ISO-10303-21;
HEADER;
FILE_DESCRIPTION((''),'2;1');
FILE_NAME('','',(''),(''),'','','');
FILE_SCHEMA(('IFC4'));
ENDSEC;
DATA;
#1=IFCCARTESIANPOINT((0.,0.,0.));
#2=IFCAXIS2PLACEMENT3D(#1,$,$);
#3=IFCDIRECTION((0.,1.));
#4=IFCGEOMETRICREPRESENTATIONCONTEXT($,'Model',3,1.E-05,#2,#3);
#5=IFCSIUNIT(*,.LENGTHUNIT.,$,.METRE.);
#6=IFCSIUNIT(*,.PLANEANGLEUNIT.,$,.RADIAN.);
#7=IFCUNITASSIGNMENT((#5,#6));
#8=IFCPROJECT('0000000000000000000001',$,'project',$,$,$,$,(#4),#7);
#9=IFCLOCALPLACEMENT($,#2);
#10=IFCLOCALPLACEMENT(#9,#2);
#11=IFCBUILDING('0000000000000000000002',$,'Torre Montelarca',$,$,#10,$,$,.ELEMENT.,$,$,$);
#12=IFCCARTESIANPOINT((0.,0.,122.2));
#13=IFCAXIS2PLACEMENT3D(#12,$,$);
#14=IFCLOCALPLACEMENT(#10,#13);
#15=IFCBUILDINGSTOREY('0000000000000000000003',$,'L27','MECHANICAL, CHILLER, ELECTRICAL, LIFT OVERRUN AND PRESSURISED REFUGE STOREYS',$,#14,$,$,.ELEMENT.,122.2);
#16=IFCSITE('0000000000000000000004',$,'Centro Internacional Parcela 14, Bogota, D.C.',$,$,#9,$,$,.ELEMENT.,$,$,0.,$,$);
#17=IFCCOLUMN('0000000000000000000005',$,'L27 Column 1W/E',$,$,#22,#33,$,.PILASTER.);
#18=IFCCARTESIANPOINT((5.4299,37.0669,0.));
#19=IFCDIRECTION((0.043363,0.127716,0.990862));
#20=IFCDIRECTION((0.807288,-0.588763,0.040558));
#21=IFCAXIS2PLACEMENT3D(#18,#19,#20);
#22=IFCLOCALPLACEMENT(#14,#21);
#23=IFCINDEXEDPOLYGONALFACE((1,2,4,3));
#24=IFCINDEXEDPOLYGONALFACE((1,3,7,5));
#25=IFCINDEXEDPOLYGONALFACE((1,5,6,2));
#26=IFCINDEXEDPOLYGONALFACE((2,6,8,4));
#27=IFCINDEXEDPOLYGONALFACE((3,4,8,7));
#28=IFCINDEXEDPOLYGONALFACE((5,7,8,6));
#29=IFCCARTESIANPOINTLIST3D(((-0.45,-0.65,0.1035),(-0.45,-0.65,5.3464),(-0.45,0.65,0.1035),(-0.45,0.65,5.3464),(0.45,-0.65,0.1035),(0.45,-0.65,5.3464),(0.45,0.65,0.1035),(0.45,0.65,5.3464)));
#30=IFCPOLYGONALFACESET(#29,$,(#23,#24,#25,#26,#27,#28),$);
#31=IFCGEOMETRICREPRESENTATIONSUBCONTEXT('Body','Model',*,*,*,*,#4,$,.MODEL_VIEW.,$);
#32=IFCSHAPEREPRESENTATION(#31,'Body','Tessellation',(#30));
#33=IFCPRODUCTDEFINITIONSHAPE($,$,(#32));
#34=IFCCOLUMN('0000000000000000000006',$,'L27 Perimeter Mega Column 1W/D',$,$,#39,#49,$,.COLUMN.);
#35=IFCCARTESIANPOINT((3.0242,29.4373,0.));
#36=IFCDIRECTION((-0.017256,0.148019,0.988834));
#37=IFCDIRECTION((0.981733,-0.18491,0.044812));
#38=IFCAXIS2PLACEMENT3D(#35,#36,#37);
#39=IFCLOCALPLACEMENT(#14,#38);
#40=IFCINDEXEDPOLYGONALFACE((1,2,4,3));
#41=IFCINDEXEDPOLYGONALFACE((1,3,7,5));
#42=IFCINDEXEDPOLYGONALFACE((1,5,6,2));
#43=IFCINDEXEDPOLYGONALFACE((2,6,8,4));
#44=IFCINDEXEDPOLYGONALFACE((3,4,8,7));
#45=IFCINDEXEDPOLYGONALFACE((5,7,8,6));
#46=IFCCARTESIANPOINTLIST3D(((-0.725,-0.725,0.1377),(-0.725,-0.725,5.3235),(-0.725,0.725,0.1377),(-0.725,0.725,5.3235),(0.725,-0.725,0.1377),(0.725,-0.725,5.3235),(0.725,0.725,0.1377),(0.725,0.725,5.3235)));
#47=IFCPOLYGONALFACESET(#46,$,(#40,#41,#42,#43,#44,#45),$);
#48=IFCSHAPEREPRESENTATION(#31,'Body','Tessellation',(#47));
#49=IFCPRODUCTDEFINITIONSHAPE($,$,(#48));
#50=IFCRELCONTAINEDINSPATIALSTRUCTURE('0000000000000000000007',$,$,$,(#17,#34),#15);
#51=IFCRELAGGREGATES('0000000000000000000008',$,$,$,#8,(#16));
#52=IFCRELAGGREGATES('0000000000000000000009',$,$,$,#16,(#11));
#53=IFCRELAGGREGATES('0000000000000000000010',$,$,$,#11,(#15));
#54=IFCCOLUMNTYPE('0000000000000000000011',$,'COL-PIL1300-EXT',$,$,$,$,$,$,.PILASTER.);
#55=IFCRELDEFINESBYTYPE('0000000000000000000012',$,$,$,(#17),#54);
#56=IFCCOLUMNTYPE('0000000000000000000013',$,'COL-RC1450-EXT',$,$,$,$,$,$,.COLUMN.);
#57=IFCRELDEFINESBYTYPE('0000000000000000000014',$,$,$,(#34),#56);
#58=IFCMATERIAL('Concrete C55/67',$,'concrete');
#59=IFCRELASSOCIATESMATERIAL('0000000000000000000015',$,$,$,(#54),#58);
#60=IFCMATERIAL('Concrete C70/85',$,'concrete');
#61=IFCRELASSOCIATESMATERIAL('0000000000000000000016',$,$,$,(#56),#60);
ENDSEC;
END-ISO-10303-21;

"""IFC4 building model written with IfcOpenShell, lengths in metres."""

from ifc_helpers import new_model, si_unit, direction, frame, origin, origin_2d, place, context, subcontext, project, spatial, rectangle, extrude, clip, halfspace, material, material_profile, profile_set, type_object, element, save


model = new_model("IFC4")

# Units and contexts
model_context = context("Model", 3, precision=1e-05, world=origin(), true_north=direction((0.0, 1.0)))
body_context = subcontext(model_context, "Body", "Model", "MODEL_VIEW")
ifc_project = project(units=[si_unit("LENGTHUNIT", "METRE"), si_unit("PLANEANGLEUNIT", "RADIAN")], contexts=[model_context])

# Site, building, storey
site_placement = place(None, origin())
site = spatial("IfcSite", under=ifc_project, at=site_placement, Name="Centro Internacional Parcela 14, Bogota, D.C.", CompositionType="ELEMENT", RefElevation=0.0)
building_placement = place(site_placement, origin())
building = spatial("IfcBuilding", under=site, at=building_placement, Name="Torre Montelarca", CompositionType="ELEMENT")
storey_placement = place(building_placement, frame((0.0, 0.0, 122.2)))
storey = spatial("IfcBuildingStorey", under=building, at=storey_placement, Name="L27", Description="MECHANICAL, CHILLER, ELECTRICAL, LIFT OVERRUN AND PRESSURISED REFUGE STOREYS", CompositionType="ELEMENT", Elevation=122.2)

# Columns
ifc_material_1 = material(Name="Concrete C55/67", Category="concrete")
ifc_material_profile_1 = material_profile(ifc_material_1, rectangle(XDim=0.8999, YDim=1.3, at=origin_2d()), Name="RC1300X900", Category="concrete")
ifc_profile_set_1 = profile_set([ifc_material_profile_1], Name="Concrete C55/67")
column_type_1 = type_object("IfcColumnType", Name="COL-PIL1300-EXT", PredefinedType="PILASTER", material=ifc_profile_set_1)
column_1_placement = place(storey_placement, frame((5.4299, 37.0669, 0.0), z_axis=(0.043363, 0.127716, 0.990862), x_axis=(0.807288, -0.588763, 0.040558)))
element("IfcColumn", 1, at=column_1_placement, inside=storey, type_object=column_type_1, Name="L27 Column 1W/E", PredefinedType="PILASTER", context=body_context, shape_type="Clipping", body=[
    clip(clip(extrude(rectangle(XDim=0.8999, YDim=1.3, at=origin_2d()), origin(), (0.0, 0.0, 1.0), 5.45), halfspace(frame((0.0, 0.0, 0.1035), z_axis=(0.0, 0.0, -1.0), x_axis=(1.0, 0.0, 0.0)), False)), halfspace(frame((0.0, 0.0, 5.3464), z_axis=(0.0, 0.0, 1.0), x_axis=(1.0, 0.0, 0.0)), False)),
])
ifc_material_2 = material(Name="Concrete C70/85", Category="concrete")
ifc_material_profile_2 = material_profile(ifc_material_2, rectangle(XDim=1.45, YDim=1.45, at=origin_2d()), Name="RC1450X1450", Category="concrete")
ifc_profile_set_2 = profile_set([ifc_material_profile_2], Name="Concrete C70/85")
column_type_2 = type_object("IfcColumnType", Name="COL-RC1450-EXT", PredefinedType="COLUMN", material=ifc_profile_set_2)
column_2_placement = place(storey_placement, frame((3.0242, 29.4373, 0.0), z_axis=(-0.017256, 0.148019, 0.988834), x_axis=(0.981733, -0.18491, 0.044812)))
element("IfcColumn", 2, at=column_2_placement, inside=storey, type_object=column_type_2, Name="L27 Perimeter Mega Column 1W/D", PredefinedType="COLUMN", context=body_context, shape_type="Clipping", body=[
    clip(clip(extrude(rectangle(XDim=1.45, YDim=1.45, at=origin_2d()), origin(), (0.0, 0.0, 1.0), 5.4612), halfspace(frame((0.0, 0.0, 0.1377), z_axis=(0.0, 0.0, -1.0), x_axis=(1.0, 0.0, 0.0)), False)), halfspace(frame((0.0, 0.0, 5.3235), z_axis=(0.0, 0.0, 1.0), x_axis=(1.0, 0.0, 0.0)), False)),
])

save(model, "model.ifc")
